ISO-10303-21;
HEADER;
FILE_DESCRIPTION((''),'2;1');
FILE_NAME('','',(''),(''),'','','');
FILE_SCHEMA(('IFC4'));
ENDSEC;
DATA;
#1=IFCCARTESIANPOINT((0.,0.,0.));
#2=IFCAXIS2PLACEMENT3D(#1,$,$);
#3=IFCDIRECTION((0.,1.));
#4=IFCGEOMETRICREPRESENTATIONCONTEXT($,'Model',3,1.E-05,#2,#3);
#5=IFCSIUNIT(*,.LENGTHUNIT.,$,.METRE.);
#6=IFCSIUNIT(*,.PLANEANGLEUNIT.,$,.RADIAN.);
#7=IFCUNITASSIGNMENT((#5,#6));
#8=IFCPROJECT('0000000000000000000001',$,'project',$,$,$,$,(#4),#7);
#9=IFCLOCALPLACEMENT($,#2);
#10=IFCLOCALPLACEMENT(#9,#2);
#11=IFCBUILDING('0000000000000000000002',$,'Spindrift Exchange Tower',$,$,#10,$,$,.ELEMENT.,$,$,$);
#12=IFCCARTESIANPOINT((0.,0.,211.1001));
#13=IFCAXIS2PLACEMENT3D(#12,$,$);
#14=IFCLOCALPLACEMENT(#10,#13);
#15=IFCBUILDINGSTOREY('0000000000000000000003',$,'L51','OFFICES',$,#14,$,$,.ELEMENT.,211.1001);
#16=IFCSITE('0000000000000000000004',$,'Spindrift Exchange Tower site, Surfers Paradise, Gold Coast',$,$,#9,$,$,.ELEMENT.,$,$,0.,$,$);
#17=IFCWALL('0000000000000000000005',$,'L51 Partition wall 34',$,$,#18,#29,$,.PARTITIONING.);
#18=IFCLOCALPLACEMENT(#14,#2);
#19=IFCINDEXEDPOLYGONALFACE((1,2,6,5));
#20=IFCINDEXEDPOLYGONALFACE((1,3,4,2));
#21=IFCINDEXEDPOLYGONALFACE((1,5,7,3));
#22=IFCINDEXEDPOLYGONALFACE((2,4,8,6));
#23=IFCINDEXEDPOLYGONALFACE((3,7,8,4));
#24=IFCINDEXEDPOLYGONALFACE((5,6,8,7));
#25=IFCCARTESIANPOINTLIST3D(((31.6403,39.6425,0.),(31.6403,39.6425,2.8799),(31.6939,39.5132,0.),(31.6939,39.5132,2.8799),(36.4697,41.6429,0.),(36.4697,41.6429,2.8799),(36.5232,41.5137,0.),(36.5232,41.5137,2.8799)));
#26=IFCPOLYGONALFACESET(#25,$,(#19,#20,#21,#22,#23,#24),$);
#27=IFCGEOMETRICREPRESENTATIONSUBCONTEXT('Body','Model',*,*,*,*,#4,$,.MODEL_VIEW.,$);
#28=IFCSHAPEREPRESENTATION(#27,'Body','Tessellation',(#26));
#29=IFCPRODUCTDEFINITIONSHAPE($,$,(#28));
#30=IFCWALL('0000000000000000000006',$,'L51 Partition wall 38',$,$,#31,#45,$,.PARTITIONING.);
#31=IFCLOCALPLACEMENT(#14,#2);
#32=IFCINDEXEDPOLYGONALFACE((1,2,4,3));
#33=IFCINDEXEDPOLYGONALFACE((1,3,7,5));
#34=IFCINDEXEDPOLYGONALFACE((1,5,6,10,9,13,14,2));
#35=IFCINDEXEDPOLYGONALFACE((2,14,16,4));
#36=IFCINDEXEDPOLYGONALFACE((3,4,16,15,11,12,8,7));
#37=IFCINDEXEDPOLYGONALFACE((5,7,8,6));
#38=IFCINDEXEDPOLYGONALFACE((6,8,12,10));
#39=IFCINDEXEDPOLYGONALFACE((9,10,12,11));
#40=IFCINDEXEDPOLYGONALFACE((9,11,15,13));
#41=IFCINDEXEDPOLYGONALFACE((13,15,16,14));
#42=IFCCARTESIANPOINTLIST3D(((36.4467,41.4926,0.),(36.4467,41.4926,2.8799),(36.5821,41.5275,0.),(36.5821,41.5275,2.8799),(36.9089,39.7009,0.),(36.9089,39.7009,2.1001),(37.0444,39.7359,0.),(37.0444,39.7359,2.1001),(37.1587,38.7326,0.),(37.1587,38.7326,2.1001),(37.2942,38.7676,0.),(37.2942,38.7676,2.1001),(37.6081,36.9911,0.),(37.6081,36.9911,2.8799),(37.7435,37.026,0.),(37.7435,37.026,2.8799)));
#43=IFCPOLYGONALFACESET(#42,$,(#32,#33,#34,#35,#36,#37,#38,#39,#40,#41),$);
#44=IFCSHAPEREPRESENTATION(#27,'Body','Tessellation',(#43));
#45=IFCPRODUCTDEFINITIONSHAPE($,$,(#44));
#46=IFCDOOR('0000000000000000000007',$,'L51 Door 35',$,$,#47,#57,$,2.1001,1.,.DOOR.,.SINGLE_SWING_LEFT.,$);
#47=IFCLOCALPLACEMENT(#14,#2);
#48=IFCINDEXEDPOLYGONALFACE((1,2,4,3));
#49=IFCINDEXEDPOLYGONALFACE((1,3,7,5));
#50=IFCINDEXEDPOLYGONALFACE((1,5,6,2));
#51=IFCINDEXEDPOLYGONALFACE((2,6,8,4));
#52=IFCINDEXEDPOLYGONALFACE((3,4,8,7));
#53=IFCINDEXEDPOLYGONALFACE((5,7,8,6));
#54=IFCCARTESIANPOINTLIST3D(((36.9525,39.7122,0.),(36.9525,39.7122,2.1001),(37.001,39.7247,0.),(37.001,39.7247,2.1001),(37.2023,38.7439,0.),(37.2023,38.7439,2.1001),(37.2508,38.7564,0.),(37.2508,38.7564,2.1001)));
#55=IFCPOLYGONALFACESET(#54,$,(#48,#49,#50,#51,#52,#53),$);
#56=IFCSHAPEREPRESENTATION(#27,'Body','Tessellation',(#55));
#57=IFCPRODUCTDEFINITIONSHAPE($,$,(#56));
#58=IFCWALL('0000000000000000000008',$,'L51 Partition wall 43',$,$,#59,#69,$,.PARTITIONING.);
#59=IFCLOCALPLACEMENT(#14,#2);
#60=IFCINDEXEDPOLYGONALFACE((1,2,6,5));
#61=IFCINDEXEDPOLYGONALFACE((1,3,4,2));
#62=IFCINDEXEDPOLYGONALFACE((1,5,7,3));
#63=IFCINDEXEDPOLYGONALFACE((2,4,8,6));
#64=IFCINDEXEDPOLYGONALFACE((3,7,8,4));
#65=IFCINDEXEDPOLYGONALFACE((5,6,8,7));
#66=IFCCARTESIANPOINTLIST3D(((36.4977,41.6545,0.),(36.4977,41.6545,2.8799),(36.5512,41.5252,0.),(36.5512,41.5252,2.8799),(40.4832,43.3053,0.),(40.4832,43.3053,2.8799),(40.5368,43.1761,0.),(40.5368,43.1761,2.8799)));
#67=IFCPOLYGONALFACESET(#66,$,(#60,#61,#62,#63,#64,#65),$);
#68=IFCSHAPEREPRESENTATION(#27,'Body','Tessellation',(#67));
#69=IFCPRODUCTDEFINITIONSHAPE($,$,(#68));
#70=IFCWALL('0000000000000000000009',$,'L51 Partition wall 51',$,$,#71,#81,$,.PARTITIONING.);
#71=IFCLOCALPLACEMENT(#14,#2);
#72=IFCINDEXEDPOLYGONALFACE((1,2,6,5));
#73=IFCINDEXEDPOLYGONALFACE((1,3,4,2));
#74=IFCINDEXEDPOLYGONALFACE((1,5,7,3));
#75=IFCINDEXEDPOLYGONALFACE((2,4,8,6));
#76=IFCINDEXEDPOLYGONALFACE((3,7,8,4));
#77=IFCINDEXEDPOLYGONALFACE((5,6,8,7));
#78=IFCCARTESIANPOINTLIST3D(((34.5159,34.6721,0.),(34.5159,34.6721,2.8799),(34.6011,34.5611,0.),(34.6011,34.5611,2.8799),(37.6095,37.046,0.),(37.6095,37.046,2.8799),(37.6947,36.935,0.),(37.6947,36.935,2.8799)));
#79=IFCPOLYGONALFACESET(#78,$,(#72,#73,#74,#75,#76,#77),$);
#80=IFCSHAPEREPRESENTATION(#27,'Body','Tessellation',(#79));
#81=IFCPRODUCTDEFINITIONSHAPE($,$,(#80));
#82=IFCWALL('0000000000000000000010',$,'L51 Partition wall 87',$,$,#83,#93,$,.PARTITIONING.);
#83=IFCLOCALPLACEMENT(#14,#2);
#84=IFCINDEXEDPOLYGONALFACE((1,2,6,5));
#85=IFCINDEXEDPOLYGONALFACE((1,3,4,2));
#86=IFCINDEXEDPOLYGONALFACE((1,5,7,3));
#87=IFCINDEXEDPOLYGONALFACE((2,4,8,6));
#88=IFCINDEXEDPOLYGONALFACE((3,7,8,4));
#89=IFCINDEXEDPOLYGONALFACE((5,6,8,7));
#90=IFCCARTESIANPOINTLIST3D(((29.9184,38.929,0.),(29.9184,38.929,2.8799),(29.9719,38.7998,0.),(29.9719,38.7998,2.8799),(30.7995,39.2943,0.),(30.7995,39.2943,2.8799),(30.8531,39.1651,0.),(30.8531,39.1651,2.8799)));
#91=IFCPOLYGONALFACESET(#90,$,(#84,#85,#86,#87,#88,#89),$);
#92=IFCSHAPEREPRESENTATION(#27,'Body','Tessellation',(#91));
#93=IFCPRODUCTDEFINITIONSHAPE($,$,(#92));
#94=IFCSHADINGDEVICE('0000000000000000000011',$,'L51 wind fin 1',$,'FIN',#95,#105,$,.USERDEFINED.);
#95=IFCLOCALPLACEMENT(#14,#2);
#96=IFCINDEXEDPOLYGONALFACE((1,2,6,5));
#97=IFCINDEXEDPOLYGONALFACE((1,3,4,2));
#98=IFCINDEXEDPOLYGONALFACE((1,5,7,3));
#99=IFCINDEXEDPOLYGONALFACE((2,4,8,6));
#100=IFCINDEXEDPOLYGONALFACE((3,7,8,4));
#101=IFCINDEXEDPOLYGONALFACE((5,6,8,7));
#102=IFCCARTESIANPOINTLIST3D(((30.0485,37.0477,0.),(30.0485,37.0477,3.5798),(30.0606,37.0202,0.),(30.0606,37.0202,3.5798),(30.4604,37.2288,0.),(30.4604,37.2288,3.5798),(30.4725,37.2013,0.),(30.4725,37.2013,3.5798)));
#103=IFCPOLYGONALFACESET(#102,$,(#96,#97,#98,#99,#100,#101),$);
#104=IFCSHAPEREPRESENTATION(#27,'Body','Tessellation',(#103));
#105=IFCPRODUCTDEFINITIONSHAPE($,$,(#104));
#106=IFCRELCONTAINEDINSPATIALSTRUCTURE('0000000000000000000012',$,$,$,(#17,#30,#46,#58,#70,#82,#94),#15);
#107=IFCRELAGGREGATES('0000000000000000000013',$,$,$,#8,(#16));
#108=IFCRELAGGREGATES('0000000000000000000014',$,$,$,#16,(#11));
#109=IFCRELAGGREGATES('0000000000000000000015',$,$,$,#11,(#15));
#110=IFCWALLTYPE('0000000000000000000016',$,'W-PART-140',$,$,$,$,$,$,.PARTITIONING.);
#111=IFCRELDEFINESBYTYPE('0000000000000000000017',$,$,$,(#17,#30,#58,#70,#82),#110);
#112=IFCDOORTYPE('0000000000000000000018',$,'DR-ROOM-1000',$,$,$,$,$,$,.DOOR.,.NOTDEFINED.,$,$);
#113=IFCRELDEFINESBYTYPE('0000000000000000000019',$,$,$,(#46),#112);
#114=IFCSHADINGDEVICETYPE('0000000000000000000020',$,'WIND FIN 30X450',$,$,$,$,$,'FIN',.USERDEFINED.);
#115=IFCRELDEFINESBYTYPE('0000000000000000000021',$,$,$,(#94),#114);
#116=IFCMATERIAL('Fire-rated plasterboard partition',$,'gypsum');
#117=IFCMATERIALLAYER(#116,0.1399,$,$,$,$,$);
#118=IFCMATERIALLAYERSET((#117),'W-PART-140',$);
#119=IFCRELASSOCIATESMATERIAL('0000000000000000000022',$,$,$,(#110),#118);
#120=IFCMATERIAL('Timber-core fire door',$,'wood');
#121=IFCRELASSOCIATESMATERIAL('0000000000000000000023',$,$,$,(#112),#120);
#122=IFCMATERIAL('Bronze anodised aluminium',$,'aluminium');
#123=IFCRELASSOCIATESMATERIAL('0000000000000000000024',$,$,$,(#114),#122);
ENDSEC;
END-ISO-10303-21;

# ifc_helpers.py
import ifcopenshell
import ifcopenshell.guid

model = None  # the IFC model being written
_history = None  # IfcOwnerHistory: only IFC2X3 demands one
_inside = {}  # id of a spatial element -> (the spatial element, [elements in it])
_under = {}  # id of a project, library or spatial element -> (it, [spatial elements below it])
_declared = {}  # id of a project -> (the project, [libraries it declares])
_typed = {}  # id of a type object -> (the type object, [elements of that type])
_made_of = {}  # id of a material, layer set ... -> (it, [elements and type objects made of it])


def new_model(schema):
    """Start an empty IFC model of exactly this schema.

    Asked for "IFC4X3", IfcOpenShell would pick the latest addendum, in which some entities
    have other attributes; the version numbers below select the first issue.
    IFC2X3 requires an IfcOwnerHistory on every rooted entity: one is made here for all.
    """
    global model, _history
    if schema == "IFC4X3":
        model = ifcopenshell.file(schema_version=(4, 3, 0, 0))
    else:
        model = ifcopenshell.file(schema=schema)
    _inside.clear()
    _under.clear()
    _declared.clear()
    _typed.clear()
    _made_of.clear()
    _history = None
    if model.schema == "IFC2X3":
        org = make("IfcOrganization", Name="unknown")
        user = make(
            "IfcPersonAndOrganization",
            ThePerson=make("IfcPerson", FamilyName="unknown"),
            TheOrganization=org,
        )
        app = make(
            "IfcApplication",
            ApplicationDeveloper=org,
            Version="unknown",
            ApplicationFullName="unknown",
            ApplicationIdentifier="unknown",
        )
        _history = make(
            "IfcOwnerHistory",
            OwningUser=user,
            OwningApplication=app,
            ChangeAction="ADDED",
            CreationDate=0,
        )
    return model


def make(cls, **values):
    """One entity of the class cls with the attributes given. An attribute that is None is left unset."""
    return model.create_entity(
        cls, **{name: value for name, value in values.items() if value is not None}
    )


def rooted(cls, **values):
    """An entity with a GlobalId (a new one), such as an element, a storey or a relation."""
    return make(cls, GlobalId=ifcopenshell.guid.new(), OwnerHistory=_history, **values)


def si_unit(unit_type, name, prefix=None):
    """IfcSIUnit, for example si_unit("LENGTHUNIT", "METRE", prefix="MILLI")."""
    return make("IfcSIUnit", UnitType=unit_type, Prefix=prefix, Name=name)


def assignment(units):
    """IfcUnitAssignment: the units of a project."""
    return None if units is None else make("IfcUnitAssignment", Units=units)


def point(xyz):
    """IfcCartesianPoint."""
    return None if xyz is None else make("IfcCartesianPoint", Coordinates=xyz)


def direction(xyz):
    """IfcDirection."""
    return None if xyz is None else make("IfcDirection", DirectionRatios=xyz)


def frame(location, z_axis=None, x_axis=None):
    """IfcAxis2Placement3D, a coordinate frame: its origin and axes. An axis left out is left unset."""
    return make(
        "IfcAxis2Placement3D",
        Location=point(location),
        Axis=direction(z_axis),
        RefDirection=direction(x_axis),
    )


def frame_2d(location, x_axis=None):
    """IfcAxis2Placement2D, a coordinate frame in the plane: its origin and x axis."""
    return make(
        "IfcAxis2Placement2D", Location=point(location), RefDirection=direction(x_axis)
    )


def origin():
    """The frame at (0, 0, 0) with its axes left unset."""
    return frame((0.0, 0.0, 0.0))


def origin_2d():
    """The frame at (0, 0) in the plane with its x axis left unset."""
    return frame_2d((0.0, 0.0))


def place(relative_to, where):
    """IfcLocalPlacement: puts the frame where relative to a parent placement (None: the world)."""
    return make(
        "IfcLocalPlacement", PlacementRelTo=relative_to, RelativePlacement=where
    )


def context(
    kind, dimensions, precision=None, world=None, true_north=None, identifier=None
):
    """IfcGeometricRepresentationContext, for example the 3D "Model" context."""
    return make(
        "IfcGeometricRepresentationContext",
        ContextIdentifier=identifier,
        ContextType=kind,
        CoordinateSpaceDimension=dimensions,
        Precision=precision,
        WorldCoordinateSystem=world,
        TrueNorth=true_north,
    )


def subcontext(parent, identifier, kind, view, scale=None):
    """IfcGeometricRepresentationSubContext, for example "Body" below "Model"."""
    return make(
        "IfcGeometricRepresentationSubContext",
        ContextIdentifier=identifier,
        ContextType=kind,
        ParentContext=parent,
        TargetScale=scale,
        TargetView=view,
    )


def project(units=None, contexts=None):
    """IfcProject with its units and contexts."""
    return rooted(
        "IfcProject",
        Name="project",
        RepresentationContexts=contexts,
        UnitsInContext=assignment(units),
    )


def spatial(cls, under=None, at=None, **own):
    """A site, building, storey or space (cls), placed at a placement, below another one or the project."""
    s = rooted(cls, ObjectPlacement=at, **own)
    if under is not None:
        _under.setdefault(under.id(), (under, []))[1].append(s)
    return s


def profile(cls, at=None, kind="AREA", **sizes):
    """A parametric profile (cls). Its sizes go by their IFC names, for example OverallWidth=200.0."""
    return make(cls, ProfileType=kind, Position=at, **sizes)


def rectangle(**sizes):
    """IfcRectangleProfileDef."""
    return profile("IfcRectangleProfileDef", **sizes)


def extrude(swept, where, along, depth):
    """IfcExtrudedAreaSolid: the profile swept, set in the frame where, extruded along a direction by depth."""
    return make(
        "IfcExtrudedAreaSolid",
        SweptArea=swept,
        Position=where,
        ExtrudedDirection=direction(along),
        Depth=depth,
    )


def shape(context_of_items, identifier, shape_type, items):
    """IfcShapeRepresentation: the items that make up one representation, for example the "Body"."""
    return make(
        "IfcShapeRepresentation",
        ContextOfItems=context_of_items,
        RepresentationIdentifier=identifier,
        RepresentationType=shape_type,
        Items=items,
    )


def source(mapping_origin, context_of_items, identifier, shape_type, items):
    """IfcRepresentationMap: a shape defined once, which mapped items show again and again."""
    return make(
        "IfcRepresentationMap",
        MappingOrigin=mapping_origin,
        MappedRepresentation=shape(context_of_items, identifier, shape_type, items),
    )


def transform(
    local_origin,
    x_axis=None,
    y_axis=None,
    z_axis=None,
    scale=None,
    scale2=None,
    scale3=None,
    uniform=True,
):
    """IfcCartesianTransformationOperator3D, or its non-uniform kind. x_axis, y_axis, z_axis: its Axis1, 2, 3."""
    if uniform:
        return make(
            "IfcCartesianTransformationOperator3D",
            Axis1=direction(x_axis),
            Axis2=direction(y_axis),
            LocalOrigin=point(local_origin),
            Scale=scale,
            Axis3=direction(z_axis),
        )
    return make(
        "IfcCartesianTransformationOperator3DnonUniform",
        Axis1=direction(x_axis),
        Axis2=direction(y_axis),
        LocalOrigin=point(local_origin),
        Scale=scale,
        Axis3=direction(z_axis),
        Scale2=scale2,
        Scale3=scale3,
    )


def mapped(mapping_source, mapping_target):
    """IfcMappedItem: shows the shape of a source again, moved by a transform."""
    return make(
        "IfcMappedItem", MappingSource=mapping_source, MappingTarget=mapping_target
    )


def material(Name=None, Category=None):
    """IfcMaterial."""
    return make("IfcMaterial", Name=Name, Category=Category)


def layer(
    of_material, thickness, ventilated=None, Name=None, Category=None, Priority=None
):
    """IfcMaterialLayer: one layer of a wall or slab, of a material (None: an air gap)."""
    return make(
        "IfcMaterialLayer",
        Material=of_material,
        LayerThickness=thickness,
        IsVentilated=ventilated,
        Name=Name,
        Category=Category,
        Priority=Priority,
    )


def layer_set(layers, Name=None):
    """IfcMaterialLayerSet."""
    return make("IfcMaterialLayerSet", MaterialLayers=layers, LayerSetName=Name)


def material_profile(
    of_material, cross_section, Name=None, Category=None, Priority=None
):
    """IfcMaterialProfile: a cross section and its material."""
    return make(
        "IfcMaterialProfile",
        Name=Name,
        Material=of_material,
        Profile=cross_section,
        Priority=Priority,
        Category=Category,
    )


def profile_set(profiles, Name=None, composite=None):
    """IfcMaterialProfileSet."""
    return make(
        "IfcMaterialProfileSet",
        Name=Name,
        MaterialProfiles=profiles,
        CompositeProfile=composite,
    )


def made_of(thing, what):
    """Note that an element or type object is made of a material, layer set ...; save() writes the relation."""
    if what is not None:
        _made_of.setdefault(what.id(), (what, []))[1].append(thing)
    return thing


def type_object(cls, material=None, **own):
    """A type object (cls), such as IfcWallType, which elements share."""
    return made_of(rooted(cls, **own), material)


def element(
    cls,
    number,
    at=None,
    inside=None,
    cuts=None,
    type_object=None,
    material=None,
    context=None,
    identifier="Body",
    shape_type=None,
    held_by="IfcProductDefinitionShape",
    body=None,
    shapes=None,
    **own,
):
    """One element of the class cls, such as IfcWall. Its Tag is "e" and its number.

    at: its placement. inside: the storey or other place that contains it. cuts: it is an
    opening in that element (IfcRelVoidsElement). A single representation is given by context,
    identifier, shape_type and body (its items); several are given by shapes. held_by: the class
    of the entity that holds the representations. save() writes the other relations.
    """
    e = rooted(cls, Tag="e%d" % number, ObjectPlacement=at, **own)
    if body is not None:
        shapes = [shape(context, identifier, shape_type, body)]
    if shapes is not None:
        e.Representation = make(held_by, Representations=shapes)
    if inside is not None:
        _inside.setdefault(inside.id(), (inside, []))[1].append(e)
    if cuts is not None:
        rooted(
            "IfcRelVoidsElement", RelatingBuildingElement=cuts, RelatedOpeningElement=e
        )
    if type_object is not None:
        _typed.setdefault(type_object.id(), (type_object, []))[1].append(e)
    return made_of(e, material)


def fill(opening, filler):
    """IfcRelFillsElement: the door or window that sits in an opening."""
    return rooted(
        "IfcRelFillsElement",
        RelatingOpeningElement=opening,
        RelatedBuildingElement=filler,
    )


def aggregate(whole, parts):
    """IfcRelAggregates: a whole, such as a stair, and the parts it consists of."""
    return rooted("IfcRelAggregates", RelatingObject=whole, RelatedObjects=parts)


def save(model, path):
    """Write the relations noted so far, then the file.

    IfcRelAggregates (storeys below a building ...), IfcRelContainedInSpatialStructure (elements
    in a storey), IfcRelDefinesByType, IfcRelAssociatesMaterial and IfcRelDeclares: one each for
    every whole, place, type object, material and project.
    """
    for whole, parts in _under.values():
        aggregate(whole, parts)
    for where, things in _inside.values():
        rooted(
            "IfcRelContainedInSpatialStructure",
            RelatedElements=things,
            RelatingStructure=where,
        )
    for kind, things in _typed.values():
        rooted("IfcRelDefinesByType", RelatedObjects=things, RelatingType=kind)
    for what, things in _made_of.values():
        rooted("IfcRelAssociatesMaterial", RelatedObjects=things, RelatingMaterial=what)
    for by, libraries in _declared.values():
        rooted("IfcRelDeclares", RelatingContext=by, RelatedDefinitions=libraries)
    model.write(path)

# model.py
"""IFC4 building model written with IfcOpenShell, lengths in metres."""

from ifc_helpers import new_model, si_unit, direction, frame, frame_2d, origin, origin_2d, place, context, subcontext, project, spatial, rectangle, extrude, source, transform, mapped, material, layer, layer_set, material_profile, profile_set, type_object, element, fill, save


model = new_model("IFC4")

# Units and contexts
model_context = context("Model", 3, precision=1e-05, world=origin(), true_north=direction((0.0, 1.0)))
body_context = subcontext(model_context, "Body", "Model", "MODEL_VIEW")
ifc_project = project(units=[si_unit("LENGTHUNIT", "METRE"), si_unit("PLANEANGLEUNIT", "RADIAN")], contexts=[model_context])

# Site, building, storey
site_placement = place(None, origin())
site = spatial("IfcSite", under=ifc_project, at=site_placement, Name="Spindrift Exchange Tower site, Surfers Paradise, Gold Coast", CompositionType="ELEMENT", RefElevation=0.0)
building_placement = place(site_placement, origin())
building = spatial("IfcBuilding", under=site, at=building_placement, Name="Spindrift Exchange Tower", CompositionType="ELEMENT")
storey_placement = place(building_placement, frame((0.0, 0.0, 211.1001)))
storey = spatial("IfcBuildingStorey", under=building, at=storey_placement, Name="L51", Description="OFFICES", CompositionType="ELEMENT", Elevation=211.1001)

# Shared definitions
ifc_material_1 = material(Name="Bronze anodised aluminium", Category="aluminium")

# Wall
ifc_material_2 = material(Name="Fire-rated plasterboard partition", Category="gypsum")
ifc_layer_1 = layer(ifc_material_2, 0.1399)
ifc_layer_set_1 = layer_set([ifc_layer_1], Name="W-PART-140")
wall_type = type_object("IfcWallType", Name="W-PART-140", PredefinedType="PARTITIONING", material=ifc_layer_set_1)
wall_1_placement = place(storey_placement, frame((36.4966, 41.5784, 0.0), z_axis=(0.0, 0.0, 1.0), x_axis=(-0.923872, -0.382701, 0.0)))
element("IfcWall", 1, at=wall_1_placement, inside=storey, type_object=wall_type, Name="L51 Partition wall 34", PredefinedType="PARTITIONING", context=body_context, shape_type="SweptSolid", body=[
    extrude(rectangle(XDim=5.2273, YDim=0.1399, at=frame_2d((2.6138, 0.0))), origin(), (0.0, 0.0, 1.0), 2.8799),
])

# Wall, opening, door
wall_2_placement = place(storey_placement, frame((37.6758, 37.0085, 0.0), z_axis=(0.0, 0.0, 1.0), x_axis=(-0.249819, 0.968292, 0.0)))
wall_2 = element("IfcWall", 2, at=wall_2_placement, inside=storey, type_object=wall_type, Name="L51 Partition wall 38", PredefinedType="PARTITIONING", context=body_context, shape_type="SweptSolid", body=[
    extrude(rectangle(XDim=4.6489, YDim=0.1399, at=frame_2d((2.3245, 0.0))), origin(), (0.0, 0.0, 1.0), 2.8799),
])
opening_placement = place(wall_2_placement, frame((1.7986, 0.0, 0.0)))
opening = element("IfcOpeningElement", 3, at=opening_placement, cuts=wall_2, PredefinedType="OPENING", context=body_context, shape_type="SweptSolid", body=[
    extrude(rectangle(XDim=1.0, YDim=2.1001, at=frame_2d((0.5, 1.05))), frame((0.0, 0.0798, 0.0), z_axis=(0.0, -1.0, 0.0), x_axis=(1.0, 0.0, 0.0)), (0.0, 0.0, 1.0), 0.1599),
])
ifc_material_3 = material(Name="Timber-core fire door", Category="wood")
door_type = type_object("IfcDoorType", Name="DR-ROOM-1000", OperationType="NOTDEFINED", PredefinedType="DOOR", material=ifc_material_3)
shared_shape_1 = source(origin(), body_context, "Body", "SweptSolid", [
    extrude(rectangle(XDim=1.0, YDim=2.1001, at=frame_2d((0.5, 1.05))), frame((0.0, 0.0249, 0.0), z_axis=(0.0, -1.0, 0.0), x_axis=(1.0, 0.0, 0.0)), (0.0, 0.0, 1.0), 0.05),
])
door_placement = place(opening_placement, origin())
door = element("IfcDoor", 4, at=door_placement, inside=storey, type_object=door_type, Name="L51 Door 35", OperationType="SINGLE_SWING_LEFT", OverallHeight=2.1001, OverallWidth=1.0, PredefinedType="DOOR", context=body_context, shape_type="MappedRepresentation", body=[
    mapped(shared_shape_1, transform((0.0, 0.0, 0.0), scale=1.0)),
])
fill(opening, door)

# Walls
wall_3_placement = place(storey_placement, frame((40.51, 43.2407, 0.0), z_axis=(0.0, 0.0, 1.0), x_axis=(-0.92388, -0.382682, 0.0)))
element("IfcWall", 5, at=wall_3_placement, inside=storey, type_object=wall_type, Name="L51 Partition wall 43", PredefinedType="PARTITIONING", context=body_context, shape_type="SweptSolid", body=[
    extrude(rectangle(XDim=4.314, YDim=0.1399, at=frame_2d((2.157, 0.0))), origin(), (0.0, 0.0, 1.0), 2.8799),
])
wall_4_placement = place(storey_placement, frame((37.6521, 36.9905, 0.0), z_axis=(0.0, 0.0, 1.0), x_axis=(-0.793347, -0.608769, 0.0)))
element("IfcWall", 6, at=wall_4_placement, inside=storey, type_object=wall_type, Name="L51 Partition wall 51", PredefinedType="PARTITIONING", context=body_context, shape_type="SweptSolid", body=[
    extrude(rectangle(XDim=3.8994, YDim=0.1399, at=frame_2d((1.9497, 0.0))), origin(), (0.0, 0.0, 1.0), 2.8799),
])
wall_5_placement = place(storey_placement, frame((30.8264, 39.2297, 0.0), z_axis=(0.0, 0.0, 1.0), x_axis=(-0.92378, -0.382924, 0.0)))
element("IfcWall", 7, at=wall_5_placement, inside=storey, type_object=wall_type, Name="L51 Partition wall 87", PredefinedType="PARTITIONING", context=body_context, shape_type="SweptSolid", body=[
    extrude(rectangle(XDim=0.9539, YDim=0.1399, at=frame_2d((0.4771, 0.0))), origin(), (0.0, 0.0, 1.0), 2.8799),
])

# Shading device
ifc_material_profile_1 = material_profile(ifc_material_1, rectangle(XDim=0.03, YDim=0.45, at=origin_2d()), Name="WIND FIN 30X450")
ifc_profile_set_1 = profile_set([ifc_material_profile_1], Name="Bronze anodised aluminium")
shading_device_type = type_object("IfcShadingDeviceType", Name="WIND FIN 30X450", ElementType="FIN", PredefinedType="USERDEFINED", material=ifc_profile_set_1)
shared_shape_2 = source(origin(), body_context, "Body", "SweptSolid", [
    extrude(rectangle(XDim=0.03, YDim=0.45, at=origin_2d()), origin(), (0.0, 0.0, 1.0), 3.5798),
])
shading_device_placement = place(storey_placement, frame((30.2605, 37.1245, 0.0), z_axis=(0.0, 0.0, 1.0), x_axis=(0.402496, -0.915422, 0.0)))
element("IfcShadingDevice", 8, at=shading_device_placement, inside=storey, type_object=shading_device_type, Name="L51 wind fin 1", ObjectType="FIN", PredefinedType="USERDEFINED", context=body_context, shape_type="MappedRepresentation", body=[
    mapped(shared_shape_2, transform((0.0, 0.0, 0.0), scale=1.0)),
])

save(model, "model.ifc")
